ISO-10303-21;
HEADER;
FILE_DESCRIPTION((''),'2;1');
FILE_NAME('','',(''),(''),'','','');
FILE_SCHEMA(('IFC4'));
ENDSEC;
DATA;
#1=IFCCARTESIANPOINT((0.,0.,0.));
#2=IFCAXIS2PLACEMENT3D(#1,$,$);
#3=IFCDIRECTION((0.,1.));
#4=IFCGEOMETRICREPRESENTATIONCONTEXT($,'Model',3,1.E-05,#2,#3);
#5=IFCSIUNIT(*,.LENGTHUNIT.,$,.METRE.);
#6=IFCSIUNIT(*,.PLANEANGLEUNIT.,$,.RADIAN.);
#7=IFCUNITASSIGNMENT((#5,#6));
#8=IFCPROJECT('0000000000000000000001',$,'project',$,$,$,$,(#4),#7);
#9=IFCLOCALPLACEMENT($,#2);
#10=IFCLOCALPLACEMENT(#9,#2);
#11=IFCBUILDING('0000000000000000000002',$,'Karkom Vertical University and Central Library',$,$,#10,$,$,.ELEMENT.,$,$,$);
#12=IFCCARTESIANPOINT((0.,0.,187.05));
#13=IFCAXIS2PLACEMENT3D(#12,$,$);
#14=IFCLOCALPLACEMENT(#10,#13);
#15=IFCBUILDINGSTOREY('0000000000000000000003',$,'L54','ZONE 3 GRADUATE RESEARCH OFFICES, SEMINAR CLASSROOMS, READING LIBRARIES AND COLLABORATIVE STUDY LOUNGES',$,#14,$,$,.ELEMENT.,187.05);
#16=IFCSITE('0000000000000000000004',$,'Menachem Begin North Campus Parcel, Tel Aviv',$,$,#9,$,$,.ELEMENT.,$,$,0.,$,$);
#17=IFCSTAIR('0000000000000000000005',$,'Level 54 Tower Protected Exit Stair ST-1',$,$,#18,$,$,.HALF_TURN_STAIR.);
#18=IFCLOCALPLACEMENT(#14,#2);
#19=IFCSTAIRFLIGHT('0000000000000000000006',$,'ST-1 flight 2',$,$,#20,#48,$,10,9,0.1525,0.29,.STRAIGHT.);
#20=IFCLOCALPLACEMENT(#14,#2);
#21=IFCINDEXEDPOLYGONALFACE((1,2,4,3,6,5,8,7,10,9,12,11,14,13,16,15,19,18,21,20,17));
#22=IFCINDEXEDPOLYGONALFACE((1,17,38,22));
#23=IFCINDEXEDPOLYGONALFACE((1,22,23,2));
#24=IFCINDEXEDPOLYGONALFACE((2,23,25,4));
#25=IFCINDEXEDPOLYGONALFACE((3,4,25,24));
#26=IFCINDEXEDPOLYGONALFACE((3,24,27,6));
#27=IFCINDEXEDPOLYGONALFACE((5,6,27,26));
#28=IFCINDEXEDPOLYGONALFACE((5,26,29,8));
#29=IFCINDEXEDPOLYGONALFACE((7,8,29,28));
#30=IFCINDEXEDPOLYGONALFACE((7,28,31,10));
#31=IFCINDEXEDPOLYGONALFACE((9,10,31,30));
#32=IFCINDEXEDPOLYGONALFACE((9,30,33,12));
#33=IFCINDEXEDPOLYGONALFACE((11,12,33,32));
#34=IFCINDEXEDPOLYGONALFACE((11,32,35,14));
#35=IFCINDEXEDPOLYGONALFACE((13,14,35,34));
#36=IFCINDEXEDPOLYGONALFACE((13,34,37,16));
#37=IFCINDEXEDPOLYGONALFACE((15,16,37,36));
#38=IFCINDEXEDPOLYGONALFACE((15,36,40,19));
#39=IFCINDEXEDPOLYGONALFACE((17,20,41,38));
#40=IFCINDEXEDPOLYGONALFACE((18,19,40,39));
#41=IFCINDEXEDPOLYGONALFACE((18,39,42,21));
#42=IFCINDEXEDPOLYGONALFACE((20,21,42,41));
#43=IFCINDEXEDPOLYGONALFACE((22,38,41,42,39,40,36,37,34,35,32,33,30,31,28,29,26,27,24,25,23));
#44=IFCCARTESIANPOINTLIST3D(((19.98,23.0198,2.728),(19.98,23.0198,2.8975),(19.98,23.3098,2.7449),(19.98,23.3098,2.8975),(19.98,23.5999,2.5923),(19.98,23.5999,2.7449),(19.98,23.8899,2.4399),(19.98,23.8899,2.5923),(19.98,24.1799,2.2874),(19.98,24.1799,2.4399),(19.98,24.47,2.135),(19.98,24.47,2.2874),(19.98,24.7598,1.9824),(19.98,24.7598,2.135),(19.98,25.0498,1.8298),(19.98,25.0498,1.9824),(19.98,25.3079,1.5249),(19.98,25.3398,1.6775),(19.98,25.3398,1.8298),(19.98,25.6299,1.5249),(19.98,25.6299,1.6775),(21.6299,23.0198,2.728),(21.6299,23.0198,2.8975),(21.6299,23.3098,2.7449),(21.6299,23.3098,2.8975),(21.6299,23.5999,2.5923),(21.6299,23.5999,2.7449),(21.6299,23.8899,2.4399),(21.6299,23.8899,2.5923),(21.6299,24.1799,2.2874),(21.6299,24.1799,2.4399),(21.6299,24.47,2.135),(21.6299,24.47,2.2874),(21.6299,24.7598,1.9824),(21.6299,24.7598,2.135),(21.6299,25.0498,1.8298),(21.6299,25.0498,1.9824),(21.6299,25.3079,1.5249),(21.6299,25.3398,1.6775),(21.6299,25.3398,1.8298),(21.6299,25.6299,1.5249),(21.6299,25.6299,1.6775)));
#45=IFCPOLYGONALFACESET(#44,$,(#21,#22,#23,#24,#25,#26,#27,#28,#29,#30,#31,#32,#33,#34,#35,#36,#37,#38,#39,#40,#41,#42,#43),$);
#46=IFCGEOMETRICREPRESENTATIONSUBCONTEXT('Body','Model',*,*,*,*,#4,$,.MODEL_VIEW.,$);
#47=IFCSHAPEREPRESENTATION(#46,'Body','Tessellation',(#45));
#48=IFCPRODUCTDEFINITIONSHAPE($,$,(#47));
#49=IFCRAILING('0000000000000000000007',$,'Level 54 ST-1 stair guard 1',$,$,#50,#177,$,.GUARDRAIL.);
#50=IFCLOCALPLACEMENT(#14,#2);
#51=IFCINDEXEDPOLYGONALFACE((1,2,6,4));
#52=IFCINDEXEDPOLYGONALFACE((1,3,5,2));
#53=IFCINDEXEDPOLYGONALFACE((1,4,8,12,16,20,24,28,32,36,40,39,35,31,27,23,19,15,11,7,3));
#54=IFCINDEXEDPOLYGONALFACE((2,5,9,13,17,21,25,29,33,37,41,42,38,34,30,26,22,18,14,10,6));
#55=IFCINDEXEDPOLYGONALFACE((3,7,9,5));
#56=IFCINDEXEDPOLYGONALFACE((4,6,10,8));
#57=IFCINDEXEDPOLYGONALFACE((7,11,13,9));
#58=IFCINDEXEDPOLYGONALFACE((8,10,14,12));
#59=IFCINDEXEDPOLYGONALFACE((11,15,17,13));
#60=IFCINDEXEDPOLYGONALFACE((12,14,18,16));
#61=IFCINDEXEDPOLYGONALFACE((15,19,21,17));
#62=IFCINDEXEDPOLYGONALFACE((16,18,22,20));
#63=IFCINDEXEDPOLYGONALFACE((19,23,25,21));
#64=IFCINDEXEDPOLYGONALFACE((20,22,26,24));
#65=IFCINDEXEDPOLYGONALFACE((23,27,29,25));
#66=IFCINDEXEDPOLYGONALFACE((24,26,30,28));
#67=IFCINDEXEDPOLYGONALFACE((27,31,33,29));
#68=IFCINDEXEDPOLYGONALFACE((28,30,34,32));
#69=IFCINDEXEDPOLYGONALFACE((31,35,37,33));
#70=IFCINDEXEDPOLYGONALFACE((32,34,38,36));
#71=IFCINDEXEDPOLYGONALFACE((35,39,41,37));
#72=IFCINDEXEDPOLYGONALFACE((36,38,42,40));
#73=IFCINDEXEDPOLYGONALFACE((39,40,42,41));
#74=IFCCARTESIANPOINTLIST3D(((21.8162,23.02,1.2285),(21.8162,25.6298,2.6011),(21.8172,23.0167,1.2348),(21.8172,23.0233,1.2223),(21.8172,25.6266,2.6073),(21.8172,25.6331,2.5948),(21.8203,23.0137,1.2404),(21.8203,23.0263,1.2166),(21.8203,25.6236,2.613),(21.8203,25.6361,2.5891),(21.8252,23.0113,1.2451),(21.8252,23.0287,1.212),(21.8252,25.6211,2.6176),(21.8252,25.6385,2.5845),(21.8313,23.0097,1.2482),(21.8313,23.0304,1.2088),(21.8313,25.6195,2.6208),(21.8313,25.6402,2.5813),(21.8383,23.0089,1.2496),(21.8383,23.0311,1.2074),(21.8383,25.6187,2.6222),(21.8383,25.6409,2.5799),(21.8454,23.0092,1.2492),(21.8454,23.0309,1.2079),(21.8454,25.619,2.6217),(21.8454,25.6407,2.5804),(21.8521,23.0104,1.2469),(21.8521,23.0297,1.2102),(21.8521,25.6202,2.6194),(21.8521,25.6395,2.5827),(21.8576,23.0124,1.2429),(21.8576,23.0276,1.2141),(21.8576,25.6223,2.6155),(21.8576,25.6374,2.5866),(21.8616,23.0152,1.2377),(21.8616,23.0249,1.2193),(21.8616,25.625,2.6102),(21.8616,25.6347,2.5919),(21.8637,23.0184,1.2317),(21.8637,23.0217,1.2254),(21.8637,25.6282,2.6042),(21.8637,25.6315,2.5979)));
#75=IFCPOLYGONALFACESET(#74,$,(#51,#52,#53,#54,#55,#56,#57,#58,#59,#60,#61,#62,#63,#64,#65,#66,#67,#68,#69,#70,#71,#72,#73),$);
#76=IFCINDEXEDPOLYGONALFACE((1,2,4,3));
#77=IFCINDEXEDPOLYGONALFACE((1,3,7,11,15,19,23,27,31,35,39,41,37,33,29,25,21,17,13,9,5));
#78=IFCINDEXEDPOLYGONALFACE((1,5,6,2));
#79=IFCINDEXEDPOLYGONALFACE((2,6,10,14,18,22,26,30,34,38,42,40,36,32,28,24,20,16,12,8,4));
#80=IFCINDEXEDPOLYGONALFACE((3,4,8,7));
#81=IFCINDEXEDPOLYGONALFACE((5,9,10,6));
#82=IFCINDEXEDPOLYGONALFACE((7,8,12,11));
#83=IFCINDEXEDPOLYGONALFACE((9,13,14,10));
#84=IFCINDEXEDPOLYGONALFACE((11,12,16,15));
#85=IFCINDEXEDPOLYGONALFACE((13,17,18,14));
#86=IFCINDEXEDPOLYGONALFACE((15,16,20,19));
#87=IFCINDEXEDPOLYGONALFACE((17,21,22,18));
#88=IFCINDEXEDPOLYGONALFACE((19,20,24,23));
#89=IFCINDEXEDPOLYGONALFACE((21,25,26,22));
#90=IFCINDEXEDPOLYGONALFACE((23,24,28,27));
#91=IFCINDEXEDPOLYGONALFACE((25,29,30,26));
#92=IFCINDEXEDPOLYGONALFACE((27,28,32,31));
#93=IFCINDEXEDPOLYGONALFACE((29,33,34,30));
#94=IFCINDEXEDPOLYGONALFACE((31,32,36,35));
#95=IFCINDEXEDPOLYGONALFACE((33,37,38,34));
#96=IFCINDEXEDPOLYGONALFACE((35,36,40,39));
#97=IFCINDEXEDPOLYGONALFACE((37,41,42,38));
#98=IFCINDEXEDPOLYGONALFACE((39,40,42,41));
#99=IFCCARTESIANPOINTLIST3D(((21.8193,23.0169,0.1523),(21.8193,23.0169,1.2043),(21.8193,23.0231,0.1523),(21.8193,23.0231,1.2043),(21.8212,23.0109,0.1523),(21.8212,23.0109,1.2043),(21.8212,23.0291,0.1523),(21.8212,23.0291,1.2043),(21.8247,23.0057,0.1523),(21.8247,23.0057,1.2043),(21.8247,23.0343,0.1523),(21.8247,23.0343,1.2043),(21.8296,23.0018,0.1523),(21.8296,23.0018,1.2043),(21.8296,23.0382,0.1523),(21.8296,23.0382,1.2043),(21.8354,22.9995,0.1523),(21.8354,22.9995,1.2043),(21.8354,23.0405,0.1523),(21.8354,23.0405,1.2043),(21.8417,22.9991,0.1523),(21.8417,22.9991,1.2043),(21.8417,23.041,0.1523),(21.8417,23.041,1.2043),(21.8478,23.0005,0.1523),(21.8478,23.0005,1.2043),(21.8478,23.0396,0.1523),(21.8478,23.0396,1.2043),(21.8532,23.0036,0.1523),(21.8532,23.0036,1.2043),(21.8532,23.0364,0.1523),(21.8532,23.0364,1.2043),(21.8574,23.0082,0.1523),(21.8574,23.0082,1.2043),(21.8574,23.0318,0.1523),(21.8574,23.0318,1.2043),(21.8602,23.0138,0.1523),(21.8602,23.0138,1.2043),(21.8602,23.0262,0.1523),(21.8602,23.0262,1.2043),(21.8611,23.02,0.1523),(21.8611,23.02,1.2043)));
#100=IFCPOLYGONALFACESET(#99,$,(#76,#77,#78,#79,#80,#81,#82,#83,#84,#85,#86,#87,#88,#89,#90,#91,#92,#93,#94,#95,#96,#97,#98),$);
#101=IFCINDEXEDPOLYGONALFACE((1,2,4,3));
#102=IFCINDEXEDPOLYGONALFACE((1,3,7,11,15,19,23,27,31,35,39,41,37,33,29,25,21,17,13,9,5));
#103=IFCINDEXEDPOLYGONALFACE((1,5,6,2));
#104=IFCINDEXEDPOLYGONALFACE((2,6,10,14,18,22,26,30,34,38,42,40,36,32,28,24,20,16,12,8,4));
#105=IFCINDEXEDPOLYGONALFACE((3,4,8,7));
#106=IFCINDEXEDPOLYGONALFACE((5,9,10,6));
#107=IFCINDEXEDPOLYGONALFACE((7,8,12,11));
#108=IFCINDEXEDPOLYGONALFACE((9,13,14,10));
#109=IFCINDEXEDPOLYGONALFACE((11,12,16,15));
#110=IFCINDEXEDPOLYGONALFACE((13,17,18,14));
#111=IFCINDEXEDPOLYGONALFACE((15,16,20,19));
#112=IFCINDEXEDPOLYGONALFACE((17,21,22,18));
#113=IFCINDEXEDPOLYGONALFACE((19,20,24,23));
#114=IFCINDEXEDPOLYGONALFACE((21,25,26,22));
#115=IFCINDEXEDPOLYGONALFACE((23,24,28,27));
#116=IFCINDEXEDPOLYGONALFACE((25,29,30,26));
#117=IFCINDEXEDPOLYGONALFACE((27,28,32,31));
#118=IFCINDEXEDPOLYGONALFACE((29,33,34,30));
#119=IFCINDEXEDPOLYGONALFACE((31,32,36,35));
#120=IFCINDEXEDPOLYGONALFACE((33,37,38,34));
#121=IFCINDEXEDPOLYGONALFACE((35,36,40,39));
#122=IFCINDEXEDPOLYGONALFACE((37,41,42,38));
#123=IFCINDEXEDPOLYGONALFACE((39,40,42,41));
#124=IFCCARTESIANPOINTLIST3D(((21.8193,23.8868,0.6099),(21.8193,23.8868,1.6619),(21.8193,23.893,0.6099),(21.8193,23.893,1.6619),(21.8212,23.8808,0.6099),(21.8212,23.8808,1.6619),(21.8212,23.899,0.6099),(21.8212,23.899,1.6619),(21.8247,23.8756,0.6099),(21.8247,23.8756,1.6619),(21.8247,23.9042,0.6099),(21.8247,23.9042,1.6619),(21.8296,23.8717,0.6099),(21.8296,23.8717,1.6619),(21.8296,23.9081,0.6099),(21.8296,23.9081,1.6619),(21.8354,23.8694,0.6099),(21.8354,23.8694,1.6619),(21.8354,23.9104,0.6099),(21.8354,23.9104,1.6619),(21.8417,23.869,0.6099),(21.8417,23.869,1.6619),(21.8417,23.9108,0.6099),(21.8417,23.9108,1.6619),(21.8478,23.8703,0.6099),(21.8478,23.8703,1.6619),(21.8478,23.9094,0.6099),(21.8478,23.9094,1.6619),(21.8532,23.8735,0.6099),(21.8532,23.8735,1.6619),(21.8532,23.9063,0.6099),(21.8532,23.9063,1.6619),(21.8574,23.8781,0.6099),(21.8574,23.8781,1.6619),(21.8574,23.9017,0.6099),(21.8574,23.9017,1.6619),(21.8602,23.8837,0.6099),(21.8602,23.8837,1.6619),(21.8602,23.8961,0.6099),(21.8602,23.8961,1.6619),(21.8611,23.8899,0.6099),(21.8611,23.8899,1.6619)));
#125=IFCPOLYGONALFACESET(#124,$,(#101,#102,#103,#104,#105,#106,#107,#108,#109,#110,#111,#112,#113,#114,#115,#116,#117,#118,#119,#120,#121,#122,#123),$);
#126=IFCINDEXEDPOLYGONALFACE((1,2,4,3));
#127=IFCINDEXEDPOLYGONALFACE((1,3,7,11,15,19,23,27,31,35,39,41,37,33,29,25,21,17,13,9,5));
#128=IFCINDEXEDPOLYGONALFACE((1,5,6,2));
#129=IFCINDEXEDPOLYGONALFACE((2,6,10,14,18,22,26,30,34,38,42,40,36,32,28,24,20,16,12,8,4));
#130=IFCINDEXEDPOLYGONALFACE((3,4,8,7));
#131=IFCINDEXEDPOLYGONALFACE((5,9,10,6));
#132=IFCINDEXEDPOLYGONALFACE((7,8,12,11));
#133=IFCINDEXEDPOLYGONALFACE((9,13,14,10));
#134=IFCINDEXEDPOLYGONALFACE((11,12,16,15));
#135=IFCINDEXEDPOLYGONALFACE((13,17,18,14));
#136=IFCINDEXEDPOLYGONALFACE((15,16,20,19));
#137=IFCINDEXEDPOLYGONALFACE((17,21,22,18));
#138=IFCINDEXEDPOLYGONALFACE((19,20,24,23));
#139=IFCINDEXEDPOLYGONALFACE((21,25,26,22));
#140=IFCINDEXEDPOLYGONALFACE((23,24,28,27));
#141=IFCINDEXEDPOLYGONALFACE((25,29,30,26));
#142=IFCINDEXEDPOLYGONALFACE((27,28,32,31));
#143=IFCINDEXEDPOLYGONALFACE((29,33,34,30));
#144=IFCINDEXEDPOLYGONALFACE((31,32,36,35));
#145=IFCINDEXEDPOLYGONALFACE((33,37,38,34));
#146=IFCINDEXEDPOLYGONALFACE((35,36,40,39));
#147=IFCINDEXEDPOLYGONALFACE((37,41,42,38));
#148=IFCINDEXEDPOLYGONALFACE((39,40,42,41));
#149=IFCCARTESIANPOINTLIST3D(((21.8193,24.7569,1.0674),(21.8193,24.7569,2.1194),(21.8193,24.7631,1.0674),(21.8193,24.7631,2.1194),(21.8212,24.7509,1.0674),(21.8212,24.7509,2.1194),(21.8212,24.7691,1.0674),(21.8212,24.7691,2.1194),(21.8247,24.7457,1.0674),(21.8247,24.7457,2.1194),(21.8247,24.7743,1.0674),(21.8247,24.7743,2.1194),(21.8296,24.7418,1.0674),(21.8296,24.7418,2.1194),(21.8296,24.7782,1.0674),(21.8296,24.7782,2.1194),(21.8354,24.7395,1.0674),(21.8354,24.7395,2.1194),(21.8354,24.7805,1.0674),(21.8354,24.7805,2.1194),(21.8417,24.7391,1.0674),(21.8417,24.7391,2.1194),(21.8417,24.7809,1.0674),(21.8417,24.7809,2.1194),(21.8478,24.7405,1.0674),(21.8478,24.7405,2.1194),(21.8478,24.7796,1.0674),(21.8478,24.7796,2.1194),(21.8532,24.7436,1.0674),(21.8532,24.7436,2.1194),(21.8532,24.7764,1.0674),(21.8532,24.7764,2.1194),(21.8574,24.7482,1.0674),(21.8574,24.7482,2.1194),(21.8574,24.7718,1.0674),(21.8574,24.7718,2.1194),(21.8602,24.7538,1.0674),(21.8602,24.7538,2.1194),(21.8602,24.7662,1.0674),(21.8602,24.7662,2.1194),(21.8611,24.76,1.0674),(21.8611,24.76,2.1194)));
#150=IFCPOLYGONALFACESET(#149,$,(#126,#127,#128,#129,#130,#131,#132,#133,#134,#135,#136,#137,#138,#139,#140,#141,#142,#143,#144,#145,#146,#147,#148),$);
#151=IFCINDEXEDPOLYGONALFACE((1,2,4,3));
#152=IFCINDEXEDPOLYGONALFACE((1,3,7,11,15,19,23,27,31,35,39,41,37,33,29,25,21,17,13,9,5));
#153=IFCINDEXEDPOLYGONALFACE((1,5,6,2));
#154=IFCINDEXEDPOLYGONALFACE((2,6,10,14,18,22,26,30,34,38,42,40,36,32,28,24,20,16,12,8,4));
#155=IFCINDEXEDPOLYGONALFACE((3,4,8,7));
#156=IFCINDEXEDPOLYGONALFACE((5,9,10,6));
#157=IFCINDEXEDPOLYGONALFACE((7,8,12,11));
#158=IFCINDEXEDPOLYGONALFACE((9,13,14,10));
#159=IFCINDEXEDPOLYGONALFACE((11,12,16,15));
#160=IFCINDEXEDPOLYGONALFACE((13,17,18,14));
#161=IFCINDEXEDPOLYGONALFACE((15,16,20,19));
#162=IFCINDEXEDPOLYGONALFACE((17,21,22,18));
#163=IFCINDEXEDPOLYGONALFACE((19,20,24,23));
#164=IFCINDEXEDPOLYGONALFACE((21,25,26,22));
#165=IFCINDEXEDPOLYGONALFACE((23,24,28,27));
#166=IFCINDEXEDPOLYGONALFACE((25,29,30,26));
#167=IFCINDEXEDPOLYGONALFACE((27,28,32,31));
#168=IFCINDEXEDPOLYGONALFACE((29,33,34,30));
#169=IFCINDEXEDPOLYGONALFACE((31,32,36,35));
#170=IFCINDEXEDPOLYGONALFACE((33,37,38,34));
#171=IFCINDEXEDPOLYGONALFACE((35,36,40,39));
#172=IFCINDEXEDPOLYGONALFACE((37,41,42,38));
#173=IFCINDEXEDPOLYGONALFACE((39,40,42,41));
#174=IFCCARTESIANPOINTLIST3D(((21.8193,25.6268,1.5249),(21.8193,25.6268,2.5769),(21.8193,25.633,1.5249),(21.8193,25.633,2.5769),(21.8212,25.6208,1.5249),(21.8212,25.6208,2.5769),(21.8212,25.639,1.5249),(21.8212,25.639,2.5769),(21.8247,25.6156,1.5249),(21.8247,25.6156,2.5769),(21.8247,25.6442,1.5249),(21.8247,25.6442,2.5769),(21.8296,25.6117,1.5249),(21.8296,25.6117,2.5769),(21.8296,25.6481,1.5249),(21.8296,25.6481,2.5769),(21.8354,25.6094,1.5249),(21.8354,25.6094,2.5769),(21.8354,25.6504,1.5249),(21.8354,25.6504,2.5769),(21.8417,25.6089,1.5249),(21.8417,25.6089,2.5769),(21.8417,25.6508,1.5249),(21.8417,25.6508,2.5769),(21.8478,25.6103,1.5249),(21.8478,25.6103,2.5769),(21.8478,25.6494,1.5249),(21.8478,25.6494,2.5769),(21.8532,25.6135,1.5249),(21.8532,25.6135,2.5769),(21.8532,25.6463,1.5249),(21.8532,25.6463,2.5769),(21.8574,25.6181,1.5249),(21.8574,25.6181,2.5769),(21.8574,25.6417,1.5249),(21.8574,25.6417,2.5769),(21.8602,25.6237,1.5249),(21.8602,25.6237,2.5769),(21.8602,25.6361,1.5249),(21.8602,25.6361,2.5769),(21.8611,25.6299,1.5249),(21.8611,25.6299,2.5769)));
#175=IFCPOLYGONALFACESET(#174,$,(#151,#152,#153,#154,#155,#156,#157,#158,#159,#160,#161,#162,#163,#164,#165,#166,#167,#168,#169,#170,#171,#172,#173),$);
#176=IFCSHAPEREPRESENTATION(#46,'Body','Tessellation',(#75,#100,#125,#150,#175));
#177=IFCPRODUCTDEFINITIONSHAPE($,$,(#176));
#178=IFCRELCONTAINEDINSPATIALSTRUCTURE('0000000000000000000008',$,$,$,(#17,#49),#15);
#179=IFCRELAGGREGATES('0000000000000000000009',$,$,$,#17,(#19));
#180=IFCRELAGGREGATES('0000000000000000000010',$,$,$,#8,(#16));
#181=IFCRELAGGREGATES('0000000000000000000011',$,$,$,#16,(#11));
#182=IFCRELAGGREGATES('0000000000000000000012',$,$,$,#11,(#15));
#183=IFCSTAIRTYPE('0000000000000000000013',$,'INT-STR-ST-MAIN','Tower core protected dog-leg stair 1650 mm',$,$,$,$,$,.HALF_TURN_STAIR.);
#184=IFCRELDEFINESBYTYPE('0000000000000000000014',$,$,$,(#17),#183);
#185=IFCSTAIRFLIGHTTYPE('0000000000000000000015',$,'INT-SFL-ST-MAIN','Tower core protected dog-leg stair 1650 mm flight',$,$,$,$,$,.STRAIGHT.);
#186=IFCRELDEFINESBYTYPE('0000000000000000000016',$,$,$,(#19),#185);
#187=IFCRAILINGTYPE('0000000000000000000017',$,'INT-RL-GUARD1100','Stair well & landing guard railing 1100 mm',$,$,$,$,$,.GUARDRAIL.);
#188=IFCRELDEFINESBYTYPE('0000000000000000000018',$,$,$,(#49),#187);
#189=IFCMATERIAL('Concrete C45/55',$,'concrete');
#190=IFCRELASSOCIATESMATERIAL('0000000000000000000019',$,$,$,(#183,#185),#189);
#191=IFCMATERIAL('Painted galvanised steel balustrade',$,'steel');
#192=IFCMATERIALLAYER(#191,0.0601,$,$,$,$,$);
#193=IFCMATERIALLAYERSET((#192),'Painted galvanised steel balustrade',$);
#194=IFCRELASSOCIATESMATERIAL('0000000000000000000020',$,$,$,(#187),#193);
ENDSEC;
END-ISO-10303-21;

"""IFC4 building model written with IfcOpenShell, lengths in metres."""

from ifc_helpers import new_model, si_unit, direction, frame, origin, origin_2d, place, context, subcontext, project, spatial, polyline, circle, outline, extrude, material, layer, layer_set, type_object, element, aggregate, save


model = new_model("IFC4")

# Units and contexts
model_context = context("Model", 3, precision=1e-05, world=origin(), true_north=direction((0.0, 1.0)))
body_context = subcontext(model_context, "Body", "Model", "MODEL_VIEW")
ifc_project = project(units=[si_unit("LENGTHUNIT", "METRE"), si_unit("PLANEANGLEUNIT", "RADIAN")], contexts=[model_context])

# Site, building, storey
site_placement = place(None, origin())
site = spatial("IfcSite", under=ifc_project, at=site_placement, Name="Menachem Begin North Campus Parcel, Tel Aviv", CompositionType="ELEMENT", RefElevation=0.0)
building_placement = place(site_placement, origin())
building = spatial("IfcBuilding", under=site, at=building_placement, Name="Karkom Vertical University and Central Library", CompositionType="ELEMENT")
storey_placement = place(building_placement, frame((0.0, 0.0, 187.05)))
storey = spatial("IfcBuildingStorey", under=building, at=storey_placement, Name="L54", Description="ZONE 3 GRADUATE RESEARCH OFFICES, SEMINAR CLASSROOMS, READING LIBRARIES AND COLLABORATIVE STUDY LOUNGES", CompositionType="ELEMENT", Elevation=187.05)

# Shared definitions
ifc_material_1 = material(Name="Concrete C45/55", Category="concrete")

# Stair, stair flight
stair_type = type_object("IfcStairType", Name="INT-STR-ST-MAIN", Description="Tower core protected dog-leg stair 1650 mm", PredefinedType="HALF_TURN_STAIR", material=ifc_material_1)
stair_placement = place(storey_placement, origin())
stair = element("IfcStair", 1, at=stair_placement, inside=storey, type_object=stair_type, Name="Level 54 Tower Protected Exit Stair ST-1", PredefinedType="HALF_TURN_STAIR")
stair_flight_type = type_object("IfcStairFlightType", Name="INT-SFL-ST-MAIN", Description="Tower core protected dog-leg stair 1650 mm flight", PredefinedType="STRAIGHT", material=ifc_material_1)
stair_flight_1_placement = place(storey_placement, frame((20.8049, 25.6299, 1.5249), z_axis=(0.0, 0.0, 1.0), x_axis=(0.0, -1.0, 0.0)))
stair_flight_1 = element("IfcStairFlight", 2, at=stair_flight_1_placement, type_object=stair_flight_type, Name="ST-1 flight 2", NumberOfRisers=10, NumberOfTreads=9, PredefinedType="STRAIGHT", RiserHeight=0.1525, TreadLength=0.29, context=body_context, shape_type="SweptSolid", body=[
    extrude(outline(polyline([(0.0, 0.0), (0.0, 0.1526), (0.29, 0.1526), (0.29, 0.3049), (0.5801, 0.3049), (0.5801, 0.4575), (0.8701, 0.4575), (0.8701, 0.6101), (1.1599, 0.6101), (1.1599, 0.7625), (1.45, 0.7625), (1.45, 0.915), (1.74, 0.915), (1.74, 1.0674), (2.03, 1.0674), (2.03, 1.22), (2.3201, 1.22), (2.3201, 1.3726), (2.6101, 1.3726), (2.6101, 1.5249), (2.6101, 1.2031), (0.322, 0.0), (0.0, 0.0)])), frame((0.0, 0.825, 0.0), z_axis=(0.0, -1.0, 0.0), x_axis=(1.0, 0.0, 0.0)), (0.0, 0.0, 1.0), 1.6499),
])
aggregate(stair, [stair_flight_1])

# Railing
ifc_material_2 = material(Name="Painted galvanised steel balustrade", Category="steel")
ifc_layer_1 = layer(ifc_material_2, 0.0601)
ifc_layer_set_1 = layer_set([ifc_layer_1], Name="Painted galvanised steel balustrade")
railing_type_1 = type_object("IfcRailingType", Name="INT-RL-GUARD1100", Description="Stair well & landing guard railing 1100 mm", PredefinedType="GUARDRAIL", material=ifc_layer_set_1)
railing_1_placement = place(storey_placement, frame((21.8401, 23.02, 0.1523)))
element("IfcRailing", 3, at=railing_1_placement, inside=storey, type_object=railing_type_1, Name="Level 54 ST-1 stair guard 1", PredefinedType="GUARDRAIL", context=body_context, shape_type="SweptSolid", body=[
    extrude(circle(Radius=0.0239, at=origin_2d()), frame((0.0, 0.0, 1.0762), z_axis=(0.0, 0.885065, 0.465467), x_axis=(-1.0, 0.0, 0.0)), (0.0, 0.0, 1.0), 2.9487),
    extrude(circle(Radius=0.021, at=origin_2d()), origin(), (0.0, 0.0, 1.0), 1.052),
    extrude(circle(Radius=0.021, at=origin_2d()), frame((0.0, 0.8699, 0.4575)), (0.0, 0.0, 1.0), 1.052),
    extrude(circle(Radius=0.021, at=origin_2d()), frame((0.0, 1.74, 0.915)), (0.0, 0.0, 1.0), 1.052),
    extrude(circle(Radius=0.021, at=origin_2d()), frame((0.0, 2.6099, 1.3726)), (0.0, 0.0, 1.0), 1.052),
])

save(model, "model.ifc")
